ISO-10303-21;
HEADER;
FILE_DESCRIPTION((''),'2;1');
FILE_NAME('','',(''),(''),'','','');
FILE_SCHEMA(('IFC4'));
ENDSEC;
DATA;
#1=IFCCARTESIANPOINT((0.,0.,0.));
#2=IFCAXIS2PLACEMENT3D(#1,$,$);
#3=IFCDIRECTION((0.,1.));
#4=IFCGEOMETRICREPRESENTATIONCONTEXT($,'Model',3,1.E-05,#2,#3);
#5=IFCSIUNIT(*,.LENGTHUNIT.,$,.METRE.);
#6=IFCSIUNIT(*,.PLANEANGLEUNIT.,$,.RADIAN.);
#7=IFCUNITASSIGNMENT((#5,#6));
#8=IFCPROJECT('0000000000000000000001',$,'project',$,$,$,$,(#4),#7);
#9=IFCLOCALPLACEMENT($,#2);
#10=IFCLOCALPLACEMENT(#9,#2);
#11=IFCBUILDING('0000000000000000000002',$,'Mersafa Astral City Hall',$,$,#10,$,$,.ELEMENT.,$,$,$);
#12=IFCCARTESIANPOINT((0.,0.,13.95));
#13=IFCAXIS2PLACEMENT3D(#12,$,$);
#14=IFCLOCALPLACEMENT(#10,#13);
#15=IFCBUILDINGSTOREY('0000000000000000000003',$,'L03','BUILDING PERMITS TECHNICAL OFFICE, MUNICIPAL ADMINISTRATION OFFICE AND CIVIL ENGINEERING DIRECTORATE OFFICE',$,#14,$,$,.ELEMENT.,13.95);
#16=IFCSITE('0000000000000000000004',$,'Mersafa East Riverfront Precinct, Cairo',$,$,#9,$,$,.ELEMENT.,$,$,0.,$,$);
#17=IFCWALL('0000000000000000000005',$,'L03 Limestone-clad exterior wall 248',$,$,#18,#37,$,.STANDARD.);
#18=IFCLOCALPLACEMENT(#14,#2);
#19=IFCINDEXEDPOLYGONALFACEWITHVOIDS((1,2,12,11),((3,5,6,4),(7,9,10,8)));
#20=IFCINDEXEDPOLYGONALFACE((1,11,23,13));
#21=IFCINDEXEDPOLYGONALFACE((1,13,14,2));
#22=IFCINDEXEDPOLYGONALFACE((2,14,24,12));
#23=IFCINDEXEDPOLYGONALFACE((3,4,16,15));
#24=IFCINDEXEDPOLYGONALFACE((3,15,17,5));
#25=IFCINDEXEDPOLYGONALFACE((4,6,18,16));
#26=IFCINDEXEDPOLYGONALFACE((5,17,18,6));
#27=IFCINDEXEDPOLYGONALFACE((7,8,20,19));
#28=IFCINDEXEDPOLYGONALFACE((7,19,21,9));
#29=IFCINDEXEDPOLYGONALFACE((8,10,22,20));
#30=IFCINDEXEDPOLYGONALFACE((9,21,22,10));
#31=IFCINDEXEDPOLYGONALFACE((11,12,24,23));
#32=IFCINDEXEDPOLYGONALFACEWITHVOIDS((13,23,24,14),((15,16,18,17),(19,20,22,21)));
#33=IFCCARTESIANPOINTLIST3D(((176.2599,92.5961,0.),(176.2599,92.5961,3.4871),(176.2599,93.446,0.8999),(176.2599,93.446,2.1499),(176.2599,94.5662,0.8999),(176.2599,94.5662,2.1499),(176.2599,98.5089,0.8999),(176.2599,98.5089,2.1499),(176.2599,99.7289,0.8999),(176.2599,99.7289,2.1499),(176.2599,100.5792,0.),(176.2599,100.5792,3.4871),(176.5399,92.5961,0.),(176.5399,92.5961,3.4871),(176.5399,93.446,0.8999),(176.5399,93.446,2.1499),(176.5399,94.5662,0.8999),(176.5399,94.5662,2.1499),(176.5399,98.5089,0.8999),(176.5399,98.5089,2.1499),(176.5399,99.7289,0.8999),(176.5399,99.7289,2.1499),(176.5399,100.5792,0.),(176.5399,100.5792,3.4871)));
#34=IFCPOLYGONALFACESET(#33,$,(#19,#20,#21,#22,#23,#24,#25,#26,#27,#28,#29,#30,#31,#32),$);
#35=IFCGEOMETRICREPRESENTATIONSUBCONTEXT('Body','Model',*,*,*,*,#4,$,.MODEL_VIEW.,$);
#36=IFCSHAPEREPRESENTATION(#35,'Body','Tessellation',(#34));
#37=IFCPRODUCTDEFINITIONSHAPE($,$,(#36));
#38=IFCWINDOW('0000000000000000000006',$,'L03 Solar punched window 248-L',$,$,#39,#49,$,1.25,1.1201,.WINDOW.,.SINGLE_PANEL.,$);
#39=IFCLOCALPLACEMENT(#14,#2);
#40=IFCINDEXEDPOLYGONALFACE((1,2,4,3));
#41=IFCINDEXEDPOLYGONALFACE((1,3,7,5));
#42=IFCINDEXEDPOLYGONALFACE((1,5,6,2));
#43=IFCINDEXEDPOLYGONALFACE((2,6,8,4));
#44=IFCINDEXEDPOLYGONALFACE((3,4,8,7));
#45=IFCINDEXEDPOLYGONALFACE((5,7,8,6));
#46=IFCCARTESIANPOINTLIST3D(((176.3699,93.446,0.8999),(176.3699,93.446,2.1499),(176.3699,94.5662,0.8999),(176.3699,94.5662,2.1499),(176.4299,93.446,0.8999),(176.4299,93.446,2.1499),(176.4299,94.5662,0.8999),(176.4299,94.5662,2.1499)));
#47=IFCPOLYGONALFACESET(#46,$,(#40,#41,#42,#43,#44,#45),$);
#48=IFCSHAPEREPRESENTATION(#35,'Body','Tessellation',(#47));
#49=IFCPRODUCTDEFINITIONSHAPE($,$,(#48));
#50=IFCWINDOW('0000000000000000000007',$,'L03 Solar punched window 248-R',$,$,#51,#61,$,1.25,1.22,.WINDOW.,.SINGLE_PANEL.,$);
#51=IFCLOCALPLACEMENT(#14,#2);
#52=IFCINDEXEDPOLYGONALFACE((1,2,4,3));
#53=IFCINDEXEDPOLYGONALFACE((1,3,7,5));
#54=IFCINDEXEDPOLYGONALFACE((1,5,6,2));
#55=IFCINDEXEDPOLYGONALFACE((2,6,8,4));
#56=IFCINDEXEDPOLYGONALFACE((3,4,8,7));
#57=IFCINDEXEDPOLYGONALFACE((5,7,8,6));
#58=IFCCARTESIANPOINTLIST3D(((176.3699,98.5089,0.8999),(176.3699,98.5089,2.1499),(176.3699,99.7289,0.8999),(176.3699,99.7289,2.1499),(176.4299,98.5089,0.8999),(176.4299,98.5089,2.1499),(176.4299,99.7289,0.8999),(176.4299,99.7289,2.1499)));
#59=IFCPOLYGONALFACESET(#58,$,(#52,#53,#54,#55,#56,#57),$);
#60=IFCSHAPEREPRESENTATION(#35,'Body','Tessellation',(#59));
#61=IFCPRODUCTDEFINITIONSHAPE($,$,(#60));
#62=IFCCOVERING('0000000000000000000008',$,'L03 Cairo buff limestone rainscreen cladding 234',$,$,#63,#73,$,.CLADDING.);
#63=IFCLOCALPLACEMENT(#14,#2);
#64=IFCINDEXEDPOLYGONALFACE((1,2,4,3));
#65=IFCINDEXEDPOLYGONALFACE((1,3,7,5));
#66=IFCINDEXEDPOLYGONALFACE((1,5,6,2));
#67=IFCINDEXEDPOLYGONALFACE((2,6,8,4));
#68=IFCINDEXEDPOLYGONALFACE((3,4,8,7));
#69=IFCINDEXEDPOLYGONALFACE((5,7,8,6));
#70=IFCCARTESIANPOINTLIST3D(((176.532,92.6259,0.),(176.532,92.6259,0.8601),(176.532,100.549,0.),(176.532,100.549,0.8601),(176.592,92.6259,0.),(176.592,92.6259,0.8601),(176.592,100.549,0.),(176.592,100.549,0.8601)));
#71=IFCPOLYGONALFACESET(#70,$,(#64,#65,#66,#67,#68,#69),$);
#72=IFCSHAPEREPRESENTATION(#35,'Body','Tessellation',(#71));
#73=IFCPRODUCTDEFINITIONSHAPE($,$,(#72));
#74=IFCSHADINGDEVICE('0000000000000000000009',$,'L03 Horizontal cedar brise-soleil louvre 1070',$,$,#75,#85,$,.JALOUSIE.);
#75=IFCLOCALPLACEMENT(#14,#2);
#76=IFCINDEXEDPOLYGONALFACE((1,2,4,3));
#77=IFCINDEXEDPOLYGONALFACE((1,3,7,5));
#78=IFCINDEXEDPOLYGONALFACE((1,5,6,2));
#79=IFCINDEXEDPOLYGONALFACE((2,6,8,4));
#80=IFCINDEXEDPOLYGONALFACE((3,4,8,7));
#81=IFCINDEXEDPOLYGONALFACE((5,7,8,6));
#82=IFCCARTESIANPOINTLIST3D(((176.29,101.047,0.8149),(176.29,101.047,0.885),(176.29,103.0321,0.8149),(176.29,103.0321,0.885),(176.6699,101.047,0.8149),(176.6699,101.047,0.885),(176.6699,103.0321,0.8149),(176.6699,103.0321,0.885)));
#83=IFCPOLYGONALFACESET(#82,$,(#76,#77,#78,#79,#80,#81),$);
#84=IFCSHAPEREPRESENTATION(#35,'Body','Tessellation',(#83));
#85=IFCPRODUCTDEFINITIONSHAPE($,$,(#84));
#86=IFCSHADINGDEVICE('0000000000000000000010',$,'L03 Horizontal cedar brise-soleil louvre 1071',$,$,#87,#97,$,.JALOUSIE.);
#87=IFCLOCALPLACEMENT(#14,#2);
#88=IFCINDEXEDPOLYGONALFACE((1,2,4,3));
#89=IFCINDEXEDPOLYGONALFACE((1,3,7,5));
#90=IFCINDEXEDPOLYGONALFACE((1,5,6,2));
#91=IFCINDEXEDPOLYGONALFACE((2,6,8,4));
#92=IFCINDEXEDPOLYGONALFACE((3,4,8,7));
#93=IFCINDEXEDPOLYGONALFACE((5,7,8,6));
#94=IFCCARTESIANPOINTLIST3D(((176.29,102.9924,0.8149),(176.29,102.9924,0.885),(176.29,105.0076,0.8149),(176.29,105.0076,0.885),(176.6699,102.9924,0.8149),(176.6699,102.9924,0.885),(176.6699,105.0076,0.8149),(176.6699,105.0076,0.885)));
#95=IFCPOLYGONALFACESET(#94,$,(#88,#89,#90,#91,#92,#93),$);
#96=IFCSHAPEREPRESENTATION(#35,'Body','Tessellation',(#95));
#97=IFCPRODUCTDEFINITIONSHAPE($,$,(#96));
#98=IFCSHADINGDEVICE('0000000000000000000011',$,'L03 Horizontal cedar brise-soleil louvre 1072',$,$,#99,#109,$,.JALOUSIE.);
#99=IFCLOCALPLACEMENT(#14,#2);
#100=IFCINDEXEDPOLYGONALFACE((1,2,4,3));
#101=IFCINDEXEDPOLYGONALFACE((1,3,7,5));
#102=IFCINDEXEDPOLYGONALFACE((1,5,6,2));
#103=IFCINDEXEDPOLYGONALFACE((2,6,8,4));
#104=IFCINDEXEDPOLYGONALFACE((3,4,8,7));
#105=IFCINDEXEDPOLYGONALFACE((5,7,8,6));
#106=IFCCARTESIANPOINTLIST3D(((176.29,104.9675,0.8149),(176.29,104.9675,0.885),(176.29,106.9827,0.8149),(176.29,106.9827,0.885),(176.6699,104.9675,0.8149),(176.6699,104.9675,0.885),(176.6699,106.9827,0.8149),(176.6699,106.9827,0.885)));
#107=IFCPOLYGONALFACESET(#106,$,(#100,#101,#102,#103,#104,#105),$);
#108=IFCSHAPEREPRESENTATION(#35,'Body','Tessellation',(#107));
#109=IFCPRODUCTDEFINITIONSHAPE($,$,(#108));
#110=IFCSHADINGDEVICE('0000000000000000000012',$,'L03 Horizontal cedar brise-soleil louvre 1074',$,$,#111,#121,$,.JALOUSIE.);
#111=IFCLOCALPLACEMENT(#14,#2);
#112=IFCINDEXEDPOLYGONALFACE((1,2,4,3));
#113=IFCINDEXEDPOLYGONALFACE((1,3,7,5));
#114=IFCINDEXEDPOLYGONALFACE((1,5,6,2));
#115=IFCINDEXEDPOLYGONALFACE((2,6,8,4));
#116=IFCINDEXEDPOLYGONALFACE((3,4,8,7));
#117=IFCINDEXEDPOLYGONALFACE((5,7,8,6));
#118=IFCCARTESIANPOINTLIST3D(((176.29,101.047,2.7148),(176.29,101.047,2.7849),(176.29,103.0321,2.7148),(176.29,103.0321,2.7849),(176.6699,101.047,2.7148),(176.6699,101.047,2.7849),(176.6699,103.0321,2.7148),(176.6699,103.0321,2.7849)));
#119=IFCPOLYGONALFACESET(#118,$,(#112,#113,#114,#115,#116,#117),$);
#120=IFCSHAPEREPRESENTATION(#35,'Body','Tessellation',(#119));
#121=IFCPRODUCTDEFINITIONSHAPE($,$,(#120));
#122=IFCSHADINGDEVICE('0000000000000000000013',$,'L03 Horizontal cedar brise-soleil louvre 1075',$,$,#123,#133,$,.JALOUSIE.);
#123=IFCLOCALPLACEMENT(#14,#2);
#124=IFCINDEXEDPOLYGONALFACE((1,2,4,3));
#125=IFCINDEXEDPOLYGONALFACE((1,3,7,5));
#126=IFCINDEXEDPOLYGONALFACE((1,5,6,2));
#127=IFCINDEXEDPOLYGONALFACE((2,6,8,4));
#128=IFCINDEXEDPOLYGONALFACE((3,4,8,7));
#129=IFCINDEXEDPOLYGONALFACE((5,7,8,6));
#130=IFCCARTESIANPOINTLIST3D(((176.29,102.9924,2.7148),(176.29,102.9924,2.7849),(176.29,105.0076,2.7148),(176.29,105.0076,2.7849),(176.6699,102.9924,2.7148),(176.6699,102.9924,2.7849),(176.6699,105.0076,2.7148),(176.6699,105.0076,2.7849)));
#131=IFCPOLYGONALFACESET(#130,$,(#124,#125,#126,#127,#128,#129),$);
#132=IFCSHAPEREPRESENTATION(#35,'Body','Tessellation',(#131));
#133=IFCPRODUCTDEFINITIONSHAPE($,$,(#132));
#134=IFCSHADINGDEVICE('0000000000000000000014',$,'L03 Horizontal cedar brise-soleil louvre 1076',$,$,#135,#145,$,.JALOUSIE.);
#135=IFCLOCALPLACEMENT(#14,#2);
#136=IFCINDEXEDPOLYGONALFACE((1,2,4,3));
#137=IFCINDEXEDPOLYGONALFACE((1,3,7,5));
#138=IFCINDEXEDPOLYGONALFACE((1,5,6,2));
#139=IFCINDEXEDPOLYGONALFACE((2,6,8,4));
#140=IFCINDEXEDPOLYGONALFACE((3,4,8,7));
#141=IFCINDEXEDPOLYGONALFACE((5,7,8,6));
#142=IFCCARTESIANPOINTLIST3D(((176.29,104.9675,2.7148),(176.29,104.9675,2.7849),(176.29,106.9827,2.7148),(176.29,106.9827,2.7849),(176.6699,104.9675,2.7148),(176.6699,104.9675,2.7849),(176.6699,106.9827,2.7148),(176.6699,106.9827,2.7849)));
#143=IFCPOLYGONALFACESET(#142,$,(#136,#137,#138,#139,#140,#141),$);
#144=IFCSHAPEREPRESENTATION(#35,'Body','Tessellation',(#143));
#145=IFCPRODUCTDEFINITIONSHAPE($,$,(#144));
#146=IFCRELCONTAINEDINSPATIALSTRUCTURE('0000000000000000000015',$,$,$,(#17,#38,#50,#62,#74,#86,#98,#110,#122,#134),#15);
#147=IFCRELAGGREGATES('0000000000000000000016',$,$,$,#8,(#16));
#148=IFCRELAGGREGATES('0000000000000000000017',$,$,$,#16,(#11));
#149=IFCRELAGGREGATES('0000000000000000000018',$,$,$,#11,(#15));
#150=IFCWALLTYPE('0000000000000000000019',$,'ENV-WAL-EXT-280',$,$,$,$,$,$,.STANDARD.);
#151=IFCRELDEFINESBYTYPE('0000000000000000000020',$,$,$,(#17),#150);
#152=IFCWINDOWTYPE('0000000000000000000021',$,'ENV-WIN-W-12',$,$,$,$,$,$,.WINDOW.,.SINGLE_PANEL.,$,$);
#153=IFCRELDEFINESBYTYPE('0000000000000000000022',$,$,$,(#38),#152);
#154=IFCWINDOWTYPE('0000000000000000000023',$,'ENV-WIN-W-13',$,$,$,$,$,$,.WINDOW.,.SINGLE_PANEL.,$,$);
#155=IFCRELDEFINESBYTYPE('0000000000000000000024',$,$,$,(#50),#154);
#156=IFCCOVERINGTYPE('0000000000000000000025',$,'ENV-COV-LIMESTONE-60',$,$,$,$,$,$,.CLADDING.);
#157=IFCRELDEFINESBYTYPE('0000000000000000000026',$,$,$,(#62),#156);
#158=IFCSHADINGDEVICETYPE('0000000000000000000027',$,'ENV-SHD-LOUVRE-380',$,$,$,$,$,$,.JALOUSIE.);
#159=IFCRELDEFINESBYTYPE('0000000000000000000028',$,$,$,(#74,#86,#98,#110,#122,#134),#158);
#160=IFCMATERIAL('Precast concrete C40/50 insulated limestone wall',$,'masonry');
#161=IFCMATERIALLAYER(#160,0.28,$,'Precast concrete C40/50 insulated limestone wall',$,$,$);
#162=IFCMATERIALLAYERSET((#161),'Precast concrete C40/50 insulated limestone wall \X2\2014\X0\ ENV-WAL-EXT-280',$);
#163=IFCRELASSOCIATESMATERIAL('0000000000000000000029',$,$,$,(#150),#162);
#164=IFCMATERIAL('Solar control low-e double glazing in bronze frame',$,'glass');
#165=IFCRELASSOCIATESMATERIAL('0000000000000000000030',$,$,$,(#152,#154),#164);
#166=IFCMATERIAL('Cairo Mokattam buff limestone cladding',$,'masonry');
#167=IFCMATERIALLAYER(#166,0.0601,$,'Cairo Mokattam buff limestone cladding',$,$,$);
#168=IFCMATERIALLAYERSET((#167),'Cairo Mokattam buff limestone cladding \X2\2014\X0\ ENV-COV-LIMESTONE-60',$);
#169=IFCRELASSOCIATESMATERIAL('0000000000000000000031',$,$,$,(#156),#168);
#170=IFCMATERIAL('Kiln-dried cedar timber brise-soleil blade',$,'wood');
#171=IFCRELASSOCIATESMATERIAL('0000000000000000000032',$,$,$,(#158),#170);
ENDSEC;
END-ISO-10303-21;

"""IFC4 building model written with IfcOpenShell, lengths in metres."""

from ifc_helpers import new_model, si_unit, direction, frame, frame_2d, origin, origin_2d, place, context, subcontext, project, spatial, rectangle, extrude, material, layer, layer_set, type_object, element, fill, save


model = new_model("IFC4")

# Units and contexts
model_context = context("Model", 3, precision=1e-05, world=origin(), true_north=direction((0.0, 1.0)))
body_context = subcontext(model_context, "Body", "Model", "MODEL_VIEW")
ifc_project = project(units=[si_unit("LENGTHUNIT", "METRE"), si_unit("PLANEANGLEUNIT", "RADIAN")], contexts=[model_context])

# Site, building, storey
site_placement = place(None, origin())
site = spatial("IfcSite", under=ifc_project, at=site_placement, Name="Mersafa East Riverfront Precinct, Cairo", CompositionType="ELEMENT", RefElevation=0.0)
building_placement = place(site_placement, origin())
building = spatial("IfcBuilding", under=site, at=building_placement, Name="Mersafa Astral City Hall", CompositionType="ELEMENT")
storey_placement = place(building_placement, frame((0.0, 0.0, 13.95)))
storey = spatial("IfcBuildingStorey", under=building, at=storey_placement, Name="L03", Description="BUILDING PERMITS TECHNICAL OFFICE, MUNICIPAL ADMINISTRATION OFFICE AND CIVIL ENGINEERING DIRECTORATE OFFICE", CompositionType="ELEMENT", Elevation=13.95)

# Wall, openings, windows
ifc_material_1 = material(Name="Precast concrete C40/50 insulated limestone wall", Category="masonry")
ifc_layer_1 = layer(ifc_material_1, 0.28, Name="Precast concrete C40/50 insulated limestone wall")
ifc_layer_set_1 = layer_set([ifc_layer_1], Name="Precast concrete C40/50 insulated limestone wall — ENV-WAL-EXT-280")
wall_type = type_object("IfcWallType", Name="ENV-WAL-EXT-280", PredefinedType="STANDARD", material=ifc_layer_set_1)
wall_placement = place(storey_placement, frame((176.3999, 92.5959, 0.0), z_axis=(0.0, 0.0, 1.0), x_axis=(0.0, 1.0, 0.0)))
wall = element("IfcWall", 1, at=wall_placement, inside=storey, type_object=wall_type, Name="L03 Limestone-clad exterior wall 248", PredefinedType="STANDARD", context=body_context, shape_type="SweptSolid", body=[
    extrude(rectangle(XDim=7.9832, YDim=0.28, at=frame_2d((3.9917, 0.0))), origin(), (0.0, 0.0, 1.0), 3.4871),
])
opening_1_placement = place(wall_placement, frame((0.8501, 0.0, 0.8999)))
opening_1 = element("IfcOpeningElement", 2, at=opening_1_placement, cuts=wall, PredefinedType="OPENING", context=body_context, shape_type="SweptSolid", body=[
    extrude(rectangle(XDim=1.1201, YDim=1.25, at=frame_2d((0.5601, 0.625))), frame((0.0, 0.1499, 0.0), z_axis=(0.0, -1.0, 0.0), x_axis=(1.0, 0.0, 0.0)), (0.0, 0.0, 1.0), 0.3),
])
opening_2_placement = place(wall_placement, frame((5.9131, 0.0, 0.8999)))
opening_2 = element("IfcOpeningElement", 3, at=opening_2_placement, cuts=wall, PredefinedType="OPENING", context=body_context, shape_type="SweptSolid", body=[
    extrude(rectangle(XDim=1.22, YDim=1.25, at=frame_2d((0.6099, 0.625))), frame((0.0, 0.1499, 0.0), z_axis=(0.0, -1.0, 0.0), x_axis=(1.0, 0.0, 0.0)), (0.0, 0.0, 1.0), 0.3),
])
ifc_material_2 = material(Name="Solar control low-e double glazing in bronze frame", Category="glass")
window_type_1 = type_object("IfcWindowType", Name="ENV-WIN-W-12", PartitioningType="SINGLE_PANEL", PredefinedType="WINDOW", material=ifc_material_2)
window_1_placement = place(opening_1_placement, origin())
window_1 = element("IfcWindow", 4, at=window_1_placement, inside=storey, type_object=window_type_1, Name="L03 Solar punched window 248-L", OverallHeight=1.25, OverallWidth=1.1201, PartitioningType="SINGLE_PANEL", PredefinedType="WINDOW", context=body_context, shape_type="SweptSolid", body=[
    extrude(rectangle(XDim=1.1201, YDim=1.25, at=frame_2d((0.5601, 0.625))), frame((0.0, 0.03, 0.0), z_axis=(0.0, -1.0, 0.0), x_axis=(1.0, 0.0, 0.0)), (0.0, 0.0, 1.0), 0.0601),
])
fill(opening_1, window_1)
window_type_2 = type_object("IfcWindowType", Name="ENV-WIN-W-13", PartitioningType="SINGLE_PANEL", PredefinedType="WINDOW", material=ifc_material_2)
window_2_placement = place(opening_2_placement, origin())
window_2 = element("IfcWindow", 5, at=window_2_placement, inside=storey, type_object=window_type_2, Name="L03 Solar punched window 248-R", OverallHeight=1.25, OverallWidth=1.22, PartitioningType="SINGLE_PANEL", PredefinedType="WINDOW", context=body_context, shape_type="SweptSolid", body=[
    extrude(rectangle(XDim=1.22, YDim=1.25, at=frame_2d((0.6099, 0.625))), frame((0.0, 0.03, 0.0), z_axis=(0.0, -1.0, 0.0), x_axis=(1.0, 0.0, 0.0)), (0.0, 0.0, 1.0), 0.0601),
])
fill(opening_2, window_2)

# Covering
ifc_material_3 = material(Name="Cairo Mokattam buff limestone cladding", Category="masonry")
ifc_layer_2 = layer(ifc_material_3, 0.0601, Name="Cairo Mokattam buff limestone cladding")
ifc_layer_set_2 = layer_set([ifc_layer_2], Name="Cairo Mokattam buff limestone cladding — ENV-COV-LIMESTONE-60")
covering_type = type_object("IfcCoveringType", Name="ENV-COV-LIMESTONE-60", PredefinedType="CLADDING", material=ifc_layer_set_2)
covering_placement = place(storey_placement, frame((176.562, 96.5874, 0.0), z_axis=(0.0, 0.0, 1.0), x_axis=(0.0, 1.0, 0.0)))
element("IfcCovering", 6, at=covering_placement, inside=storey, type_object=covering_type, Name="L03 Cairo buff limestone rainscreen cladding 234", PredefinedType="CLADDING", context=body_context, shape_type="SweptSolid", body=[
    extrude(rectangle(XDim=7.9231, YDim=0.0601, at=origin_2d()), origin(), (0.0, 0.0, 1.0), 0.8601),
])

# Shading devices
ifc_material_4 = material(Name="Kiln-dried cedar timber brise-soleil blade", Category="wood")
shading_device_type = type_object("IfcShadingDeviceType", Name="ENV-SHD-LOUVRE-380", PredefinedType="JALOUSIE", material=ifc_material_4)
shading_device_1_placement = place(storey_placement, frame((176.48, 102.0396, 0.8149), z_axis=(0.0, 0.0, 1.0), x_axis=(0.0, 1.0, 0.0)))
element("IfcShadingDevice", 7, at=shading_device_1_placement, inside=storey, type_object=shading_device_type, Name="L03 Horizontal cedar brise-soleil louvre 1070", PredefinedType="JALOUSIE", context=body_context, shape_type="SweptSolid", body=[
    extrude(rectangle(XDim=1.9851, YDim=0.3799, at=origin_2d()), origin(), (0.0, 0.0, 1.0), 0.0701),
])
for number, where, z_axis, x_axis, name in (
    (8, (176.48, 104.0, 0.8149), (0.0, 0.0, 1.0), (0.0, 1.0, 0.0), "L03 Horizontal cedar brise-soleil louvre 1071"),
    (9, (176.48, 105.9751, 0.8149), (0.0, 0.0, 1.0), (0.0, 1.0, 0.0), "L03 Horizontal cedar brise-soleil louvre 1072"),
):
    element("IfcShadingDevice", number, at=place(storey_placement, frame(where, z_axis=z_axis, x_axis=x_axis)), inside=storey, type_object=shading_device_type, Name=name, PredefinedType="JALOUSIE", context=body_context, shape_type="SweptSolid", body=[
        extrude(rectangle(XDim=2.0151, YDim=0.3799, at=origin_2d()), origin(), (0.0, 0.0, 1.0), 0.0701),
    ])
shading_device_2_placement = place(storey_placement, frame((176.48, 102.0396, 2.7148), z_axis=(0.0, 0.0, 1.0), x_axis=(0.0, 1.0, 0.0)))
element("IfcShadingDevice", 10, at=shading_device_2_placement, inside=storey, type_object=shading_device_type, Name="L03 Horizontal cedar brise-soleil louvre 1074", PredefinedType="JALOUSIE", context=body_context, shape_type="SweptSolid", body=[
    extrude(rectangle(XDim=1.9851, YDim=0.3799, at=origin_2d()), origin(), (0.0, 0.0, 1.0), 0.0701),
])
for number, where, z_axis, x_axis, name in (
    (11, (176.48, 104.0, 2.7148), (0.0, 0.0, 1.0), (0.0, 1.0, 0.0), "L03 Horizontal cedar brise-soleil louvre 1075"),
    (12, (176.48, 105.9751, 2.7148), (0.0, 0.0, 1.0), (0.0, 1.0, 0.0), "L03 Horizontal cedar brise-soleil louvre 1076"),
):
    element("IfcShadingDevice", number, at=place(storey_placement, frame(where, z_axis=z_axis, x_axis=x_axis)), inside=storey, type_object=shading_device_type, Name=name, PredefinedType="JALOUSIE", context=body_context, shape_type="SweptSolid", body=[
        extrude(rectangle(XDim=2.0151, YDim=0.3799, at=origin_2d()), origin(), (0.0, 0.0, 1.0), 0.0701),
    ])

save(model, "model.ifc")
